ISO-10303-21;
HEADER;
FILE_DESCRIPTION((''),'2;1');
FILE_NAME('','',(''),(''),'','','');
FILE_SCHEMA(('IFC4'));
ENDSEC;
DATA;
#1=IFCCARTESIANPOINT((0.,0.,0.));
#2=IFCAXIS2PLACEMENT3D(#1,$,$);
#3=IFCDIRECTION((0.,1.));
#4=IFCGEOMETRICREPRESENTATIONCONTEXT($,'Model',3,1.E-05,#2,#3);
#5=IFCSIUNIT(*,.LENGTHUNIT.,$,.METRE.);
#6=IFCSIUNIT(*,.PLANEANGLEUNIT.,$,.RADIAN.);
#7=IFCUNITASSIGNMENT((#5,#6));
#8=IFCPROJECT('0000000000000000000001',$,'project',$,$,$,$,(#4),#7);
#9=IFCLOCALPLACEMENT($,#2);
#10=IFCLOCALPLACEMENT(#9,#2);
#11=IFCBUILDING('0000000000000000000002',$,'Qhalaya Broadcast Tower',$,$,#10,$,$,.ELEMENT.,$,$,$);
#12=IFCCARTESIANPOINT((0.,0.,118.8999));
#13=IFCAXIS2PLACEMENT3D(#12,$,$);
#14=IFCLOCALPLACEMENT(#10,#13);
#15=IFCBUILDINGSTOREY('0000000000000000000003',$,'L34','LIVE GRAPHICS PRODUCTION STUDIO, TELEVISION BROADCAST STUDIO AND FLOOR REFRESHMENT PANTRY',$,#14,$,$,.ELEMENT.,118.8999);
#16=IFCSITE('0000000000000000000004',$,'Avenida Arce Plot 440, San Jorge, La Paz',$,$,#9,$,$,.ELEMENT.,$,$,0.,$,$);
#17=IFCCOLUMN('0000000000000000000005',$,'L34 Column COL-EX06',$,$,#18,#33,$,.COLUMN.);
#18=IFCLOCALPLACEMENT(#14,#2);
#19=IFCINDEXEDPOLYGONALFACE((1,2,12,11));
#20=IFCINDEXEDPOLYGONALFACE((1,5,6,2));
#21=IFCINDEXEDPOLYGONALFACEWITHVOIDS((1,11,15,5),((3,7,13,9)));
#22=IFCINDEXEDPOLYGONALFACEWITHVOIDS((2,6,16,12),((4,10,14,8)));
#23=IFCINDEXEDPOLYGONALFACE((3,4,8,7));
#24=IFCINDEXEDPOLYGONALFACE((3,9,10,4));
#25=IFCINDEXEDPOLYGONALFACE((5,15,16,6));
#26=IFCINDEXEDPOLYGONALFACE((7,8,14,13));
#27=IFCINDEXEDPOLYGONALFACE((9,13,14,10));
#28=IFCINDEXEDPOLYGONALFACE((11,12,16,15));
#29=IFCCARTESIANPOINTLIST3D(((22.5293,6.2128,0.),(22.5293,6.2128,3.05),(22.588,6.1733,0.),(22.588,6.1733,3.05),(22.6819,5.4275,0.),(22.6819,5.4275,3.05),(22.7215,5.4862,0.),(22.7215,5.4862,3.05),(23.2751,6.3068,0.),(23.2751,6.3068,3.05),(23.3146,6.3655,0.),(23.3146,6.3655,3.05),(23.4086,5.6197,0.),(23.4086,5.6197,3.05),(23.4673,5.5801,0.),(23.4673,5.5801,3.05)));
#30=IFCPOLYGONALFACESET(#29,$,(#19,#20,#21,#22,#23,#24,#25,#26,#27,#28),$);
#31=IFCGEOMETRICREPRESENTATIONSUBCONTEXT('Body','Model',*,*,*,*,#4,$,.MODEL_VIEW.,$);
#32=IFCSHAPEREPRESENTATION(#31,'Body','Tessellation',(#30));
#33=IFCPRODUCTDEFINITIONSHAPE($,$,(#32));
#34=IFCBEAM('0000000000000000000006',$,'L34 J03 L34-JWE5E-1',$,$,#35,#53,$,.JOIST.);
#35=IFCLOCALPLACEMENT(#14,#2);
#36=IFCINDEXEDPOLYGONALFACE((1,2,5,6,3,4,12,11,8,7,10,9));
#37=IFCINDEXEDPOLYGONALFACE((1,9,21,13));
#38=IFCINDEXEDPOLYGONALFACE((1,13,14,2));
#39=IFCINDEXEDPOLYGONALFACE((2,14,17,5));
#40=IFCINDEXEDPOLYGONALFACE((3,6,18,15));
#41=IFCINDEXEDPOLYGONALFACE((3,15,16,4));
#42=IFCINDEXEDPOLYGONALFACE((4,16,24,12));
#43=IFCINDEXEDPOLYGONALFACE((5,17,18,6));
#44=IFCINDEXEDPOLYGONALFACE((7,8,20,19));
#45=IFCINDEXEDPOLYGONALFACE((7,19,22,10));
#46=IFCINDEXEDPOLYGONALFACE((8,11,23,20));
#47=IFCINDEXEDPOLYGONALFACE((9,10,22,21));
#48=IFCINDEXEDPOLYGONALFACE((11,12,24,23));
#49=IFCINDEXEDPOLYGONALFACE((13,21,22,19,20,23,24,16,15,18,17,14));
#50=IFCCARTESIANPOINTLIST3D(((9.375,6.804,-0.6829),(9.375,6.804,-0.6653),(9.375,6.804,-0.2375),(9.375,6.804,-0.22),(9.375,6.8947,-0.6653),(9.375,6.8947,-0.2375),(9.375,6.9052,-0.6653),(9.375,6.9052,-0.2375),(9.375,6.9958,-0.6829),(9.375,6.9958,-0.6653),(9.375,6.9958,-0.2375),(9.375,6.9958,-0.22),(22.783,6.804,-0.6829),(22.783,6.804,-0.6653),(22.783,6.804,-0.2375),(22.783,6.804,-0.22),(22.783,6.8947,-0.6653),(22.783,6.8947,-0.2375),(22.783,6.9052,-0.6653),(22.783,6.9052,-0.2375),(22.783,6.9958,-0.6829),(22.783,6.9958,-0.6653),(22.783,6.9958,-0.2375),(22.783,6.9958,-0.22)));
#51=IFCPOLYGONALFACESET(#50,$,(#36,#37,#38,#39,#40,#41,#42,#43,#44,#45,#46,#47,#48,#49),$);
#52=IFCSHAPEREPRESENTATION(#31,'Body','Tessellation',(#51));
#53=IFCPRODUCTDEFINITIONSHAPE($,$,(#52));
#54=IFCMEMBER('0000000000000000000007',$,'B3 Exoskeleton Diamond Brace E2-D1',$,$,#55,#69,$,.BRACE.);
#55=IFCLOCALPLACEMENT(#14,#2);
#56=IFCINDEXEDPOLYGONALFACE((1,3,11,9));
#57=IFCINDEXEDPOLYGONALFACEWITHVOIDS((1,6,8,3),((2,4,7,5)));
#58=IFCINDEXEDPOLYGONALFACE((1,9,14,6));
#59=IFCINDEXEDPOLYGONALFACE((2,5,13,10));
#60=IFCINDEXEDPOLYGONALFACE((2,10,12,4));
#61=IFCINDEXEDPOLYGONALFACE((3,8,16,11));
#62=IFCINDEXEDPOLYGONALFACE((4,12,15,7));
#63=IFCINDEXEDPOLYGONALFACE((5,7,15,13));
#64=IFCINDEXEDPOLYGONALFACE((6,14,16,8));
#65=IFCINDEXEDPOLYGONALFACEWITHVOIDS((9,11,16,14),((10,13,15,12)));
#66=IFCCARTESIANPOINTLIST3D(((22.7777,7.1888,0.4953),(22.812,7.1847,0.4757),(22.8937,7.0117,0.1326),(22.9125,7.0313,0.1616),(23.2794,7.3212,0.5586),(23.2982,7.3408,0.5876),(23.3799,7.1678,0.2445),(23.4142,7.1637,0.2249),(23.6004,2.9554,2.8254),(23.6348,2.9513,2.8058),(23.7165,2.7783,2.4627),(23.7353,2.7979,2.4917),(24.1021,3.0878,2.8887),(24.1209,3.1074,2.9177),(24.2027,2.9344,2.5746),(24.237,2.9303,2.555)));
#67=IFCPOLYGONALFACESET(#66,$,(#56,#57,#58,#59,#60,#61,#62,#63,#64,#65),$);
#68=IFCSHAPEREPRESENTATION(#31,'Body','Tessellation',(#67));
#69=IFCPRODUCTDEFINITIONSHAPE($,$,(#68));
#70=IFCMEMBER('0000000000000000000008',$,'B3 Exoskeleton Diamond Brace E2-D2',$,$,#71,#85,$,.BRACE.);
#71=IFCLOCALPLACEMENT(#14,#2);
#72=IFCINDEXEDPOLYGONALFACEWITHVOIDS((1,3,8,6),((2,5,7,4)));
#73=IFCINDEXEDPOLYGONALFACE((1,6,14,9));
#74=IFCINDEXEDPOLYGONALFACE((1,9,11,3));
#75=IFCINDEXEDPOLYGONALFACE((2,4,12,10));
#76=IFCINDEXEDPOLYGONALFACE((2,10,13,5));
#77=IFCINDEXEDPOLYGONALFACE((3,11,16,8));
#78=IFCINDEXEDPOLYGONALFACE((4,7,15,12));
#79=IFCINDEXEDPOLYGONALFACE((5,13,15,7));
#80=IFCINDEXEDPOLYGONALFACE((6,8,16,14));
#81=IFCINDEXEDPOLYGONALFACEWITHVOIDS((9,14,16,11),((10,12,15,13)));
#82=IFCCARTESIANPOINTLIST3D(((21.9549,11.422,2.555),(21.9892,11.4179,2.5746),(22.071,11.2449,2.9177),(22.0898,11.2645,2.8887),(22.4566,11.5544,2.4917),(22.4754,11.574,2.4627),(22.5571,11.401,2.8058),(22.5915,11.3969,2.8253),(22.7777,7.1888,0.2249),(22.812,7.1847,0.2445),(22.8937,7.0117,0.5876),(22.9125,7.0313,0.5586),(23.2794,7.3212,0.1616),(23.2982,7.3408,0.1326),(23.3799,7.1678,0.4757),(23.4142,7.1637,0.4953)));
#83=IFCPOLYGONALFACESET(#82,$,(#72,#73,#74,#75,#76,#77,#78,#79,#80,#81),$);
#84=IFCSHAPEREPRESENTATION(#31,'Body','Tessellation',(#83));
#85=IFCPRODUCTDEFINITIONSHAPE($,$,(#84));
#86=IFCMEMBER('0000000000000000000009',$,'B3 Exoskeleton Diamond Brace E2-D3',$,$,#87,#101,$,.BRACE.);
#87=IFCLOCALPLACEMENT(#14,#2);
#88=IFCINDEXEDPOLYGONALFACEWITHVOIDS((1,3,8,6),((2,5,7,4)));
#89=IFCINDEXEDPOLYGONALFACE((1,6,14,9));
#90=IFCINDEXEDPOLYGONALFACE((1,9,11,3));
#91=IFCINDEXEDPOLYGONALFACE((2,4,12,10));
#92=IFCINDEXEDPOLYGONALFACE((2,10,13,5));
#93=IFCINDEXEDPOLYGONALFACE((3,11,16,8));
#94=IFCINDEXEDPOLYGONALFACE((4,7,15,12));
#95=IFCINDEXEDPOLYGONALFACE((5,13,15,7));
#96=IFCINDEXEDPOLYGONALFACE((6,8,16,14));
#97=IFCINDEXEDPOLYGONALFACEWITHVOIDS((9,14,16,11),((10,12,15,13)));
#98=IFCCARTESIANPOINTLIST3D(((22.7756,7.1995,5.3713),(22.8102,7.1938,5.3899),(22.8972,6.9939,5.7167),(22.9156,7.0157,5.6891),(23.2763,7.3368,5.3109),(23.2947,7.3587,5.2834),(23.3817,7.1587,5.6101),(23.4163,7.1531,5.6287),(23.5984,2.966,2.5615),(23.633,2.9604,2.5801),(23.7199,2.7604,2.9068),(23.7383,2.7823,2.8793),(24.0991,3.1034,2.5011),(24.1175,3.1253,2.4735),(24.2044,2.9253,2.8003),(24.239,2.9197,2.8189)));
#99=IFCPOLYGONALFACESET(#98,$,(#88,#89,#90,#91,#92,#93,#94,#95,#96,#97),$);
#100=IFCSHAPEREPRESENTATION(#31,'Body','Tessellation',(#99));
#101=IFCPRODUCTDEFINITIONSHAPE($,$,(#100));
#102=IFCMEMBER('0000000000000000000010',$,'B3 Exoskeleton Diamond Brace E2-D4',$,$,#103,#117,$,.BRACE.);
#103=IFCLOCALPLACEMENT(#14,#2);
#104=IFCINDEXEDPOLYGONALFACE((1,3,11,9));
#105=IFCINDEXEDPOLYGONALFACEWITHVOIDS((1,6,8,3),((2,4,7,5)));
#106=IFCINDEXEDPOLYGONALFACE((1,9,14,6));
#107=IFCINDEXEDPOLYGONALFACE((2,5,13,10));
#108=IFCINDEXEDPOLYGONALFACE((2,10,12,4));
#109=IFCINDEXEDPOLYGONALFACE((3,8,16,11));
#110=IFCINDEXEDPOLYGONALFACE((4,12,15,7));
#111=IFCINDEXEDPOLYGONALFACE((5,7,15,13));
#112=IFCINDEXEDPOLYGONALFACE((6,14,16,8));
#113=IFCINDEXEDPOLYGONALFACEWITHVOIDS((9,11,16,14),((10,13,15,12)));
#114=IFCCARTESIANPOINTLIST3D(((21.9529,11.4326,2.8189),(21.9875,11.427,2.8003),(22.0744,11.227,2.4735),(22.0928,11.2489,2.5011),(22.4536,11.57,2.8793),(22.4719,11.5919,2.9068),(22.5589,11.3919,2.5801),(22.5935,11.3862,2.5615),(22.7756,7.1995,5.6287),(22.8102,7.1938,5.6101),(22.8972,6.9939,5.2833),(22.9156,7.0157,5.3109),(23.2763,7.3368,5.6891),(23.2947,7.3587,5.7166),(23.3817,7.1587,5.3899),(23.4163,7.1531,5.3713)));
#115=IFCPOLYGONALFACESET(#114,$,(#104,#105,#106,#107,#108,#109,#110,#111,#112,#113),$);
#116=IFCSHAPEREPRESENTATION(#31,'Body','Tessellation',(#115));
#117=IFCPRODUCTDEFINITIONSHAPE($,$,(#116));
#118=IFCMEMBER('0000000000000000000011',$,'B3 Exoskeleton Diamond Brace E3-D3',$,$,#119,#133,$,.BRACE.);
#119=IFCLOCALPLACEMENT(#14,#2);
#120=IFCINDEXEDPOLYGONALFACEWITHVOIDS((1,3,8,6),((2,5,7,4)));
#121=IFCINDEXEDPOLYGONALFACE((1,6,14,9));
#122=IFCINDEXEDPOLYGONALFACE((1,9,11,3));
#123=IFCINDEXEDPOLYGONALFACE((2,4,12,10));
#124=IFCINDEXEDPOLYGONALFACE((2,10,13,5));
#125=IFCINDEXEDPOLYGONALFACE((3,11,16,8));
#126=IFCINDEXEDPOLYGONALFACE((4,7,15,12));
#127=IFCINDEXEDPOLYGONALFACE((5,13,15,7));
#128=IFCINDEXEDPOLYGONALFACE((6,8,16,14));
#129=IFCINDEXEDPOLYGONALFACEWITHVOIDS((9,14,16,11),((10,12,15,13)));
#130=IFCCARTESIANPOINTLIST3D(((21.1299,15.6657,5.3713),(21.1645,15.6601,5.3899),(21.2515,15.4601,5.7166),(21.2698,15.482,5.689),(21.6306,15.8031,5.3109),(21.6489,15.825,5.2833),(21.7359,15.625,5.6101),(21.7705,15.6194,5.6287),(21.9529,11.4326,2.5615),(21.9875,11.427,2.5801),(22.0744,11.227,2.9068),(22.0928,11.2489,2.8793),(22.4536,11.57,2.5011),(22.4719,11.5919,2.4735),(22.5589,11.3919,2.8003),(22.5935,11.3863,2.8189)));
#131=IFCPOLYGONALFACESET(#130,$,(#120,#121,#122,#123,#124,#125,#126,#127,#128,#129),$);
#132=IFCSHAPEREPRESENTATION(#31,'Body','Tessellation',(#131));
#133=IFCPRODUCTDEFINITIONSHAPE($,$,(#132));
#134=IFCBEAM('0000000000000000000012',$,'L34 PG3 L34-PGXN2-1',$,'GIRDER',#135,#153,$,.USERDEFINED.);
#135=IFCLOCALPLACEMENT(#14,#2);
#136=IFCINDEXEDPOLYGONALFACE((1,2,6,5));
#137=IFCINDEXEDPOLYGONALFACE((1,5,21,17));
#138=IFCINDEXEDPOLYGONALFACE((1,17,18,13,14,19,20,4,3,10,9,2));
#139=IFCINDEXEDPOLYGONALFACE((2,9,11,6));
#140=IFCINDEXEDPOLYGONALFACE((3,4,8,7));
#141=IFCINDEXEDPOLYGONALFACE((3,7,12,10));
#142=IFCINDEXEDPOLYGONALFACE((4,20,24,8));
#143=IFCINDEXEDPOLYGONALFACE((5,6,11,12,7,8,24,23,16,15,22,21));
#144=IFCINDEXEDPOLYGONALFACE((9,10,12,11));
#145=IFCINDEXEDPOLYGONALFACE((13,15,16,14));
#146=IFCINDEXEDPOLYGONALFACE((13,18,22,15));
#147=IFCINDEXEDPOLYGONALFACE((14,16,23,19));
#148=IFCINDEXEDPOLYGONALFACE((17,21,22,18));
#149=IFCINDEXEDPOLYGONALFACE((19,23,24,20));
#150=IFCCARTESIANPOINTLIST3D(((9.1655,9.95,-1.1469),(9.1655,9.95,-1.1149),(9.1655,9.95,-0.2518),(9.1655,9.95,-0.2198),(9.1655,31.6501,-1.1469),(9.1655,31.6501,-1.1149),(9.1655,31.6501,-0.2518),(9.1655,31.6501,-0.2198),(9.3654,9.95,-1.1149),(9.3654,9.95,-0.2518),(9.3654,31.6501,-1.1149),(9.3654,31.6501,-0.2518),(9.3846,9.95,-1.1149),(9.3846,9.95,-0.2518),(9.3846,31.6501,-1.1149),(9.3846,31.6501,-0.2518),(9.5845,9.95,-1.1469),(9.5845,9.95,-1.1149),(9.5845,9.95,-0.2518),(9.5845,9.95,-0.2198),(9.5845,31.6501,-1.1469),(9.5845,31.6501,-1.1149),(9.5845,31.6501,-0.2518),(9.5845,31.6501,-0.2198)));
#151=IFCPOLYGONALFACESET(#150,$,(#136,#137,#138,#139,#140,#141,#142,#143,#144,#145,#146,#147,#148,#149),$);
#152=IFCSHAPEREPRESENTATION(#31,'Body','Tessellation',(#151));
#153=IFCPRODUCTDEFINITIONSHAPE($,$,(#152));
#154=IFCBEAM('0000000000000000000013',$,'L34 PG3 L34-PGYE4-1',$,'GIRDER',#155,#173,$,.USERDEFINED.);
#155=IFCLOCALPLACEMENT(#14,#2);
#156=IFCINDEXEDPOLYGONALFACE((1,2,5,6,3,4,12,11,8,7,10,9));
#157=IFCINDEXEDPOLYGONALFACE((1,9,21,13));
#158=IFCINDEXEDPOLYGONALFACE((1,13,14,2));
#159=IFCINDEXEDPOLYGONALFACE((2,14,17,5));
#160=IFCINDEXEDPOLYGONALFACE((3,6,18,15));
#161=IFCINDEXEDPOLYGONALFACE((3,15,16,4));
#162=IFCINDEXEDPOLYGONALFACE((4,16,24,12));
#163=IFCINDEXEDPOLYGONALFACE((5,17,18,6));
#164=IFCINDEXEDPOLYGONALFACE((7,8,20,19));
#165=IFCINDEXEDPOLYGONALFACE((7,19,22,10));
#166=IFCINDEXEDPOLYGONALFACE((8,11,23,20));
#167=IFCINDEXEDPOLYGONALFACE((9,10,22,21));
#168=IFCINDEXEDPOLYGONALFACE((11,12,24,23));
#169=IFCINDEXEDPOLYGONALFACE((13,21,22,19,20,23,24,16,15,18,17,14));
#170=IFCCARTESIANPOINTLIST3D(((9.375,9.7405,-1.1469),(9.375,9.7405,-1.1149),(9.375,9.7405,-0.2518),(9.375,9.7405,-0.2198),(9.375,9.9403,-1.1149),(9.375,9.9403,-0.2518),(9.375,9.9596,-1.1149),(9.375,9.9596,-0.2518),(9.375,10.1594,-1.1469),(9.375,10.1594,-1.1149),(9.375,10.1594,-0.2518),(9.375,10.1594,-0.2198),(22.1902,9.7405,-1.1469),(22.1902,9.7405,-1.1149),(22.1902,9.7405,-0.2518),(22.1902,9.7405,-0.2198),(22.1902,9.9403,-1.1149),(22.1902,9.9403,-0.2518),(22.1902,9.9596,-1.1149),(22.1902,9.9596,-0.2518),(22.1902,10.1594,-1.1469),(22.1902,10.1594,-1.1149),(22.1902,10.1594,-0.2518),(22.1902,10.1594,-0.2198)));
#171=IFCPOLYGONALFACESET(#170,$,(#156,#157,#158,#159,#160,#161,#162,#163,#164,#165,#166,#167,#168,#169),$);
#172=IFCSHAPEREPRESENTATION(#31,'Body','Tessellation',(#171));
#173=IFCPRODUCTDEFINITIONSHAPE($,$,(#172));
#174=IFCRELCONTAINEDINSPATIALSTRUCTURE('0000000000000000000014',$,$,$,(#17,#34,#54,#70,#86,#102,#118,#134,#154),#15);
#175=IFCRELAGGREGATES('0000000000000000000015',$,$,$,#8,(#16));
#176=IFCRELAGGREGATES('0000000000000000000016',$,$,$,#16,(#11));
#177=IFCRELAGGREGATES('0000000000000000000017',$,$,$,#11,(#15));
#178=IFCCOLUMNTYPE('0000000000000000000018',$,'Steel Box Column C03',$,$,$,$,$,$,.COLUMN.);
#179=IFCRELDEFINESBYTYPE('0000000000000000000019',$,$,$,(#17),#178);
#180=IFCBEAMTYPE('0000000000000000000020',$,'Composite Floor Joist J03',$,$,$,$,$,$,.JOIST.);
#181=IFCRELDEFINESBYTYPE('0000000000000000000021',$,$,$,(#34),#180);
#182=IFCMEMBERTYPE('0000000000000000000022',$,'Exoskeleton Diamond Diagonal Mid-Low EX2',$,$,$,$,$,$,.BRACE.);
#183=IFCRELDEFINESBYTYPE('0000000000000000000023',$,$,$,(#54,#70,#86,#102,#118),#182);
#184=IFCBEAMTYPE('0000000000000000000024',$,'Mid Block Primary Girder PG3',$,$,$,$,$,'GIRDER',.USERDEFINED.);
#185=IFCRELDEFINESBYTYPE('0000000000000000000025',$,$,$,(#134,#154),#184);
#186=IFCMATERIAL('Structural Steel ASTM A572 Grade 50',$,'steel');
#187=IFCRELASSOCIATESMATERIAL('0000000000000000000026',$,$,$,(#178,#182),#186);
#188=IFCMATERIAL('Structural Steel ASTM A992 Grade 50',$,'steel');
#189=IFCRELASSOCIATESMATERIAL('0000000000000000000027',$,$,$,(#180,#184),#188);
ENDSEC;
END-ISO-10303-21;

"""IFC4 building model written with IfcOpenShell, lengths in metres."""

from ifc_helpers import new_model, si_unit, direction, frame, origin, origin_2d, place, context, subcontext, project, spatial, hollow_rectangle, i_section, extrude, material, material_profile, profile_set, type_object, element, save


model = new_model("IFC4")

# Units and contexts
model_context = context("Model", 3, precision=1e-05, world=origin(), true_north=direction((0.0, 1.0)))
body_context = subcontext(model_context, "Body", "Model", "MODEL_VIEW")
ifc_project = project(units=[si_unit("LENGTHUNIT", "METRE"), si_unit("PLANEANGLEUNIT", "RADIAN")], contexts=[model_context])

# Site, building, storey
site_placement = place(None, origin())
site = spatial("IfcSite", under=ifc_project, at=site_placement, Name="Avenida Arce Plot 440, San Jorge, La Paz", CompositionType="ELEMENT", RefElevation=0.0)
building_placement = place(site_placement, origin())
building = spatial("IfcBuilding", under=site, at=building_placement, Name="Qhalaya Broadcast Tower", CompositionType="ELEMENT")
storey_placement = place(building_placement, frame((0.0, 0.0, 118.8999)))
storey = spatial("IfcBuildingStorey", under=building, at=storey_placement, Name="L34", Description="LIVE GRAPHICS PRODUCTION STUDIO, TELEVISION BROADCAST STUDIO AND FLOOR REFRESHMENT PANTRY", CompositionType="ELEMENT", Elevation=118.8999)

# Column
ifc_material_1 = material(Name="Structural Steel ASTM A572 Grade 50", Category="steel")
ifc_material_profile_1 = material_profile(ifc_material_1, hollow_rectangle(XDim=0.8, YDim=0.8, WallThickness=0.05, at=origin_2d()), Name="BOX 800x800x50")
ifc_profile_set_1 = profile_set([ifc_material_profile_1], Name="Structural Steel ASTM A572 Grade 50")
column_type = type_object("IfcColumnType", Name="Steel Box Column C03", PredefinedType="COLUMN", material=ifc_profile_set_1)
column_placement = place(storey_placement, frame((22.9983, 5.8965, 0.0), z_axis=(0.0, 0.0, 1.0), x_axis=(-0.190809, 0.981627, 0.0)))
element("IfcColumn", 1, at=column_placement, inside=storey, type_object=column_type, Name="L34 Column COL-EX06", PredefinedType="COLUMN", context=body_context, shape_type="SweptSolid", body=[
    extrude(hollow_rectangle(XDim=0.8, YDim=0.8, WallThickness=0.05, at=origin_2d()), origin(), (0.0, 0.0, 1.0), 3.05),
])

# Beam
ifc_material_2 = material(Name="Structural Steel ASTM A992 Grade 50", Category="steel")
ifc_material_profile_2 = material_profile(ifc_material_2, i_section(OverallWidth=0.1919, OverallDepth=0.4629, WebThickness=0.0105, FlangeThickness=0.0176, at=origin_2d()), Name="W18X60")
ifc_profile_set_2 = profile_set([ifc_material_profile_2], Name="Structural Steel ASTM A992 Grade 50")
beam_type_1 = type_object("IfcBeamType", Name="Composite Floor Joist J03", PredefinedType="JOIST", material=ifc_profile_set_2)
beam_1_placement = place(storey_placement, frame((9.375, 6.8999, -0.4514), z_axis=(1.0, 0.0, 0.0), x_axis=(0.0, 1.0, 0.0)))
element("IfcBeam", 2, at=beam_1_placement, inside=storey, type_object=beam_type_1, Name="L34 J03 L34-JWE5E-1", PredefinedType="JOIST", context=body_context, shape_type="SweptSolid", body=[
    extrude(i_section(OverallWidth=0.1919, OverallDepth=0.4629, WebThickness=0.0105, FlangeThickness=0.0176, at=origin_2d()), origin(), (0.0, 0.0, 1.0), 13.408),
])

# Members
ifc_material_profile_3 = material_profile(ifc_material_1, hollow_rectangle(XDim=0.4199, YDim=0.55, WallThickness=0.0281, at=origin_2d()), Name="BOX 420x550x28")
ifc_profile_set_3 = profile_set([ifc_material_profile_3], Name="Structural Steel ASTM A572 Grade 50")
member_type = type_object("IfcMemberType", Name="Exoskeleton Diamond Diagonal Mid-Low EX2", PredefinedType="BRACE", material=ifc_profile_set_3)
member_1_placement = place(storey_placement, frame((23.0959, 7.1763, 0.3601), z_axis=(0.167847, -0.863638, 0.475349), x_axis=(-0.276325, 0.421643, 0.863633)))
element("IfcMember", 3, at=member_1_placement, inside=storey, type_object=member_type, Name="B3 Exoskeleton Diamond Brace E2-D1", PredefinedType="BRACE", context=body_context, shape_type="SweptSolid", body=[
    extrude(hollow_rectangle(XDim=0.4199, YDim=0.55, WallThickness=0.0281, at=origin_2d()), origin(), (0.0, 0.0, 1.0), 4.9019),
])
member_2_placement = place(storey_placement, frame((23.0959, 7.1763, 0.3601), z_axis=(-0.167854, 0.863625, 0.47537), x_axis=(0.276333, -0.42166, 0.863622)))
element("IfcMember", 4, at=member_2_placement, inside=storey, type_object=member_type, Name="B3 Exoskeleton Diamond Brace E2-D2", PredefinedType="BRACE", context=body_context, shape_type="SweptSolid", body=[
    extrude(hollow_rectangle(XDim=0.4199, YDim=0.55, WallThickness=0.0281, at=origin_2d()), origin(), (0.0, 0.0, 1.0), 4.9016),
])
member_3_placement = place(storey_placement, frame((23.9187, 2.9429, 2.6902), z_axis=(-0.159845, 0.822467, 0.545892), x_axis=(0.289536, -0.489618, 0.822462)))
element("IfcMember", 5, at=member_3_placement, inside=storey, type_object=member_type, Name="B3 Exoskeleton Diamond Brace E2-D3", PredefinedType="BRACE", context=body_context, shape_type="SweptSolid", body=[
    extrude(hollow_rectangle(XDim=0.4199, YDim=0.55, WallThickness=0.0281, at=origin_2d()), origin(), (0.0, 0.0, 1.0), 5.1472),
])
for number, where, z_axis, x_axis, name in (
    (6, (22.2732, 11.4094, 2.6902), (0.159851, -0.822451, 0.545913), (-0.289545, 0.489635, 0.822448), "B3 Exoskeleton Diamond Brace E2-D4"),
    (7, (22.2732, 11.4094, 2.6902), (-0.159897, 0.822445, 0.545909), (0.289571, -0.489615, 0.822451), "B3 Exoskeleton Diamond Brace E3-D3"),
):
    element("IfcMember", number, at=place(storey_placement, frame(where, z_axis=z_axis, x_axis=x_axis)), inside=storey, type_object=member_type, Name=name, PredefinedType="BRACE", context=body_context, shape_type="SweptSolid", body=[
        extrude(hollow_rectangle(XDim=0.4199, YDim=0.55, WallThickness=0.0281, at=origin_2d()), origin(), (0.0, 0.0, 1.0), 5.147),
    ])

# Beams
ifc_material_profile_4 = material_profile(ifc_material_2, i_section(OverallWidth=0.4189, OverallDepth=0.927, WebThickness=0.0193, FlangeThickness=0.032, at=origin_2d()), Name="W36X231")
ifc_profile_set_4 = profile_set([ifc_material_profile_4], Name="Structural Steel ASTM A992 Grade 50")
beam_type_2 = type_object("IfcBeamType", Name="Mid Block Primary Girder PG3", ElementType="GIRDER", PredefinedType="USERDEFINED", material=ifc_profile_set_4)
beam_2_placement = place(storey_placement, frame((9.375, 9.95, -0.6833), z_axis=(0.0, 1.0, 0.0), x_axis=(-1.0, 0.0, 0.0)))
element("IfcBeam", 8, at=beam_2_placement, inside=storey, type_object=beam_type_2, Name="L34 PG3 L34-PGXN2-1", ObjectType="GIRDER", PredefinedType="USERDEFINED", context=body_context, shape_type="SweptSolid", body=[
    extrude(i_section(OverallWidth=0.4189, OverallDepth=0.927, WebThickness=0.0193, FlangeThickness=0.032, at=origin_2d()), origin(), (0.0, 0.0, 1.0), 21.7002),
])
beam_3_placement = place(storey_placement, frame((9.375, 9.95, -0.6833), z_axis=(1.0, 0.0, 0.0), x_axis=(0.0, 1.0, 0.0)))
element("IfcBeam", 9, at=beam_3_placement, inside=storey, type_object=beam_type_2, Name="L34 PG3 L34-PGYE4-1", ObjectType="GIRDER", PredefinedType="USERDEFINED", context=body_context, shape_type="SweptSolid", body=[
    extrude(i_section(OverallWidth=0.4189, OverallDepth=0.927, WebThickness=0.0193, FlangeThickness=0.032, at=origin_2d()), origin(), (0.0, 0.0, 1.0), 12.8152),
])

save(model, "model.ifc")
